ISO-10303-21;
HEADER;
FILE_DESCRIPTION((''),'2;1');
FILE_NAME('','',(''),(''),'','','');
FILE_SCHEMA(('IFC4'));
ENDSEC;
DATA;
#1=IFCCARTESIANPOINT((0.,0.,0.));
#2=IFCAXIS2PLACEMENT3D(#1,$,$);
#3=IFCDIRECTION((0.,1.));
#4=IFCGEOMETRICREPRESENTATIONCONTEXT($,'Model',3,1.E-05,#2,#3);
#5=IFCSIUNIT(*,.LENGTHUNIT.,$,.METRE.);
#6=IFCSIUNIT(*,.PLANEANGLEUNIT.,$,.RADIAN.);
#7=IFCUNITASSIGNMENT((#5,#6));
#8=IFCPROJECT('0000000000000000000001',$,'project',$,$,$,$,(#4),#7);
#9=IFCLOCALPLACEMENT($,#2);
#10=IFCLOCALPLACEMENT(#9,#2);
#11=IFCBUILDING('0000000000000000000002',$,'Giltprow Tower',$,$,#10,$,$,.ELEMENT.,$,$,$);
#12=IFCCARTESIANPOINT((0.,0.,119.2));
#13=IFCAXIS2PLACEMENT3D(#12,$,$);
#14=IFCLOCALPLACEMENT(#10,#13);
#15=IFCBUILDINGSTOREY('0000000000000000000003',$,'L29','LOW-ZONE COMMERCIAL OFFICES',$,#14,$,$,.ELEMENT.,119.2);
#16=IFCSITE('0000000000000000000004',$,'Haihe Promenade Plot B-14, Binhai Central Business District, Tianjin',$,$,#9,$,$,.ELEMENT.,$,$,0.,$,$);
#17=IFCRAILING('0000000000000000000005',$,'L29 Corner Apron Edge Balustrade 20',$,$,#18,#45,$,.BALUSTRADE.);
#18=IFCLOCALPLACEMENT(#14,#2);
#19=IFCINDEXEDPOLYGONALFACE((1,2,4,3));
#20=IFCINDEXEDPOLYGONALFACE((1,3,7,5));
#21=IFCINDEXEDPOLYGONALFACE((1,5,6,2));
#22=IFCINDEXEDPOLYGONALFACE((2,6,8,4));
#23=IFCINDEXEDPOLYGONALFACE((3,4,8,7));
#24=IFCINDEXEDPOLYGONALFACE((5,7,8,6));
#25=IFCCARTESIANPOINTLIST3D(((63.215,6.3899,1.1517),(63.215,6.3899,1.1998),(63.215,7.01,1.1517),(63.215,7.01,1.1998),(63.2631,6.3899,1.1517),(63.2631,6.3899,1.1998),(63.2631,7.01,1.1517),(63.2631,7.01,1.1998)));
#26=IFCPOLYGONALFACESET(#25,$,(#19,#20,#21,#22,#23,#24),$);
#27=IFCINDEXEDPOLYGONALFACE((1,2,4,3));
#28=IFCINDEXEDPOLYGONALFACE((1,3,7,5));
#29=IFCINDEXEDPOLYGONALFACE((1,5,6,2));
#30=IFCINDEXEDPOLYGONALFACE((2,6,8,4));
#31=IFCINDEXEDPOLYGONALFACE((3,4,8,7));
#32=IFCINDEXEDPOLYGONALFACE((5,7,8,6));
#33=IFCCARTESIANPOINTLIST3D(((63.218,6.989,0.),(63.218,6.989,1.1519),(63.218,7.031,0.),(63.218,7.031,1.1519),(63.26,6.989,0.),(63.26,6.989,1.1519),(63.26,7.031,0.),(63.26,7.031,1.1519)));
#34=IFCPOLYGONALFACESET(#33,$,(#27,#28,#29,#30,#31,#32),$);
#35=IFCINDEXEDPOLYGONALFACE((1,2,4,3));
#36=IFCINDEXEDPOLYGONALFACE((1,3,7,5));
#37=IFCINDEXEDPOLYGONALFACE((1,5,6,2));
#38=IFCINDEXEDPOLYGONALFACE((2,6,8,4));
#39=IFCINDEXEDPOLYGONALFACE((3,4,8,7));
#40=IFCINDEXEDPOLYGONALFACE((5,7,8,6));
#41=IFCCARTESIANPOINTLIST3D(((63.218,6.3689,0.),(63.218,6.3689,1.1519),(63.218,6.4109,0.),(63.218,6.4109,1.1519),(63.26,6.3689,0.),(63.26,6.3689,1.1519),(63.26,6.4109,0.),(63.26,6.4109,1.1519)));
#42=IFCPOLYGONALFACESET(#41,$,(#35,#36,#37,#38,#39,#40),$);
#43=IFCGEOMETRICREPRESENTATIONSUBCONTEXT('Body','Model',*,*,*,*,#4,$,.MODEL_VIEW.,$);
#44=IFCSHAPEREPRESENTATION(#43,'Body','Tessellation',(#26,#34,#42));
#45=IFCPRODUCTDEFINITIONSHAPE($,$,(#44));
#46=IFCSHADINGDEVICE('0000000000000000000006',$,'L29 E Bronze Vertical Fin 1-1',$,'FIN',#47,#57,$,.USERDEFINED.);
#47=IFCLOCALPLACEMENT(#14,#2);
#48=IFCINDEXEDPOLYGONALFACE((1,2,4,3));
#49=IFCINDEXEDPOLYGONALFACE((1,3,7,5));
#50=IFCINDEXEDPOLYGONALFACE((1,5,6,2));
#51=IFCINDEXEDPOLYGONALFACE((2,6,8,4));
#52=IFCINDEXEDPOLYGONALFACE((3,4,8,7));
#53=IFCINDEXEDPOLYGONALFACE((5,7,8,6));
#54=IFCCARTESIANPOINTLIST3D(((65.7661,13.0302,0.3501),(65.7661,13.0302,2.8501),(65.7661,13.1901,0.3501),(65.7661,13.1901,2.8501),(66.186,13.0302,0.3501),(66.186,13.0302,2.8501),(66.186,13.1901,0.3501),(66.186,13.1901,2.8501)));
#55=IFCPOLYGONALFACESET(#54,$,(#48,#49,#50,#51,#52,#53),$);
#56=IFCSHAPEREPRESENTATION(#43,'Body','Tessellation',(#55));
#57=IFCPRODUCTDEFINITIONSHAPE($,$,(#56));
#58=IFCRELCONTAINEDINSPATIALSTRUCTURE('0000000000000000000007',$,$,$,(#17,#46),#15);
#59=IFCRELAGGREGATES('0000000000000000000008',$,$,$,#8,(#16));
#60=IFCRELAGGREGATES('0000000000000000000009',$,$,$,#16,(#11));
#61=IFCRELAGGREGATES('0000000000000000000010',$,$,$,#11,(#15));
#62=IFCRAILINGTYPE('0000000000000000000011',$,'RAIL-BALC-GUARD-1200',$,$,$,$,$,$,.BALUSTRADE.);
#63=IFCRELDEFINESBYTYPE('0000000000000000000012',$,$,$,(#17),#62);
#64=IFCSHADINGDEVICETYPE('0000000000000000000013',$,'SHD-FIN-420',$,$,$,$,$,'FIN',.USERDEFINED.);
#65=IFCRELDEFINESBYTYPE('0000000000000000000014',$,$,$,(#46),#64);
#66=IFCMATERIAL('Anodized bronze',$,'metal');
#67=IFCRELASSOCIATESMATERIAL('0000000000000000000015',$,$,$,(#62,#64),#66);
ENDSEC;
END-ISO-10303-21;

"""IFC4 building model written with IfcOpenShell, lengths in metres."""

from ifc_helpers import new_model, si_unit, direction, frame, origin, origin_2d, place, context, subcontext, project, spatial, rectangle, extrude, source, transform, mapped, material, type_object, element, save


model = new_model("IFC4")

# Units and contexts
model_context = context("Model", 3, precision=1e-05, world=origin(), true_north=direction((0.0, 1.0)))
body_context = subcontext(model_context, "Body", "Model", "MODEL_VIEW")
ifc_project = project(units=[si_unit("LENGTHUNIT", "METRE"), si_unit("PLANEANGLEUNIT", "RADIAN")], contexts=[model_context])

# Site, building, storey
site_placement = place(None, origin())
site = spatial("IfcSite", under=ifc_project, at=site_placement, Name="Haihe Promenade Plot B-14, Binhai Central Business District, Tianjin", CompositionType="ELEMENT", RefElevation=0.0)
building_placement = place(site_placement, origin())
building = spatial("IfcBuilding", under=site, at=building_placement, Name="Giltprow Tower", CompositionType="ELEMENT")
storey_placement = place(building_placement, frame((0.0, 0.0, 119.2)))
storey = spatial("IfcBuildingStorey", under=building, at=storey_placement, Name="L29", Description="LOW-ZONE COMMERCIAL OFFICES", CompositionType="ELEMENT", Elevation=119.2)

# Shared definitions
ifc_material_1 = material(Name="Anodized bronze", Category="metal")

# Railing
railing_type = type_object("IfcRailingType", Name="RAIL-BALC-GUARD-1200", PredefinedType="BALUSTRADE", material=ifc_material_1)
railing_1_placement = place(storey_placement, frame((63.239, 7.01, 0.0)))
element("IfcRailing", 1, at=railing_1_placement, inside=storey, type_object=railing_type, Name="L29 Corner Apron Edge Balustrade 20", PredefinedType="BALUSTRADE", context=body_context, shape_type="SweptSolid", body=[
    extrude(rectangle(XDim=0.0481, YDim=0.0481, at=origin_2d()), frame((0.0, 0.0, 1.1758), z_axis=(0.0, -1.0, 0.0), x_axis=(1.0, 0.0, 0.0)), (0.0, 0.0, 1.0), 0.6201),
    extrude(rectangle(XDim=0.042, YDim=0.042, at=origin_2d()), origin(), (0.0, 0.0, 1.0), 1.1519),
    extrude(rectangle(XDim=0.042, YDim=0.042, at=origin_2d()), frame((0.0, -0.6201, 0.0)), (0.0, 0.0, 1.0), 1.1519),
])

# Shading device
shading_device_type = type_object("IfcShadingDeviceType", Name="SHD-FIN-420", ElementType="FIN", PredefinedType="USERDEFINED", material=ifc_material_1)
shared_shape_1 = source(origin(), body_context, "Body", "SweptSolid", [
    extrude(rectangle(XDim=0.4199, YDim=0.1599, at=origin_2d()), origin(), (0.0, 0.0, 1.0), 2.5),
])
shading_device_placement = place(storey_placement, frame((65.9761, 13.1101, 0.3501), z_axis=(0.0, 0.0, 1.0), x_axis=(1.0, 0.0, 0.0)))
element("IfcShadingDevice", 2, at=shading_device_placement, inside=storey, type_object=shading_device_type, Name="L29 E Bronze Vertical Fin 1-1", ObjectType="FIN", PredefinedType="USERDEFINED", context=body_context, shape_type="MappedRepresentation", body=[
    mapped(shared_shape_1, transform((0.0, 0.0, 0.0), x_axis=(1.0, 0.0, 0.0), y_axis=(0.0, 1.0, 0.0), z_axis=(0.0, 0.0, 1.0), scale=1.0)),
])

save(model, "model.ifc")
